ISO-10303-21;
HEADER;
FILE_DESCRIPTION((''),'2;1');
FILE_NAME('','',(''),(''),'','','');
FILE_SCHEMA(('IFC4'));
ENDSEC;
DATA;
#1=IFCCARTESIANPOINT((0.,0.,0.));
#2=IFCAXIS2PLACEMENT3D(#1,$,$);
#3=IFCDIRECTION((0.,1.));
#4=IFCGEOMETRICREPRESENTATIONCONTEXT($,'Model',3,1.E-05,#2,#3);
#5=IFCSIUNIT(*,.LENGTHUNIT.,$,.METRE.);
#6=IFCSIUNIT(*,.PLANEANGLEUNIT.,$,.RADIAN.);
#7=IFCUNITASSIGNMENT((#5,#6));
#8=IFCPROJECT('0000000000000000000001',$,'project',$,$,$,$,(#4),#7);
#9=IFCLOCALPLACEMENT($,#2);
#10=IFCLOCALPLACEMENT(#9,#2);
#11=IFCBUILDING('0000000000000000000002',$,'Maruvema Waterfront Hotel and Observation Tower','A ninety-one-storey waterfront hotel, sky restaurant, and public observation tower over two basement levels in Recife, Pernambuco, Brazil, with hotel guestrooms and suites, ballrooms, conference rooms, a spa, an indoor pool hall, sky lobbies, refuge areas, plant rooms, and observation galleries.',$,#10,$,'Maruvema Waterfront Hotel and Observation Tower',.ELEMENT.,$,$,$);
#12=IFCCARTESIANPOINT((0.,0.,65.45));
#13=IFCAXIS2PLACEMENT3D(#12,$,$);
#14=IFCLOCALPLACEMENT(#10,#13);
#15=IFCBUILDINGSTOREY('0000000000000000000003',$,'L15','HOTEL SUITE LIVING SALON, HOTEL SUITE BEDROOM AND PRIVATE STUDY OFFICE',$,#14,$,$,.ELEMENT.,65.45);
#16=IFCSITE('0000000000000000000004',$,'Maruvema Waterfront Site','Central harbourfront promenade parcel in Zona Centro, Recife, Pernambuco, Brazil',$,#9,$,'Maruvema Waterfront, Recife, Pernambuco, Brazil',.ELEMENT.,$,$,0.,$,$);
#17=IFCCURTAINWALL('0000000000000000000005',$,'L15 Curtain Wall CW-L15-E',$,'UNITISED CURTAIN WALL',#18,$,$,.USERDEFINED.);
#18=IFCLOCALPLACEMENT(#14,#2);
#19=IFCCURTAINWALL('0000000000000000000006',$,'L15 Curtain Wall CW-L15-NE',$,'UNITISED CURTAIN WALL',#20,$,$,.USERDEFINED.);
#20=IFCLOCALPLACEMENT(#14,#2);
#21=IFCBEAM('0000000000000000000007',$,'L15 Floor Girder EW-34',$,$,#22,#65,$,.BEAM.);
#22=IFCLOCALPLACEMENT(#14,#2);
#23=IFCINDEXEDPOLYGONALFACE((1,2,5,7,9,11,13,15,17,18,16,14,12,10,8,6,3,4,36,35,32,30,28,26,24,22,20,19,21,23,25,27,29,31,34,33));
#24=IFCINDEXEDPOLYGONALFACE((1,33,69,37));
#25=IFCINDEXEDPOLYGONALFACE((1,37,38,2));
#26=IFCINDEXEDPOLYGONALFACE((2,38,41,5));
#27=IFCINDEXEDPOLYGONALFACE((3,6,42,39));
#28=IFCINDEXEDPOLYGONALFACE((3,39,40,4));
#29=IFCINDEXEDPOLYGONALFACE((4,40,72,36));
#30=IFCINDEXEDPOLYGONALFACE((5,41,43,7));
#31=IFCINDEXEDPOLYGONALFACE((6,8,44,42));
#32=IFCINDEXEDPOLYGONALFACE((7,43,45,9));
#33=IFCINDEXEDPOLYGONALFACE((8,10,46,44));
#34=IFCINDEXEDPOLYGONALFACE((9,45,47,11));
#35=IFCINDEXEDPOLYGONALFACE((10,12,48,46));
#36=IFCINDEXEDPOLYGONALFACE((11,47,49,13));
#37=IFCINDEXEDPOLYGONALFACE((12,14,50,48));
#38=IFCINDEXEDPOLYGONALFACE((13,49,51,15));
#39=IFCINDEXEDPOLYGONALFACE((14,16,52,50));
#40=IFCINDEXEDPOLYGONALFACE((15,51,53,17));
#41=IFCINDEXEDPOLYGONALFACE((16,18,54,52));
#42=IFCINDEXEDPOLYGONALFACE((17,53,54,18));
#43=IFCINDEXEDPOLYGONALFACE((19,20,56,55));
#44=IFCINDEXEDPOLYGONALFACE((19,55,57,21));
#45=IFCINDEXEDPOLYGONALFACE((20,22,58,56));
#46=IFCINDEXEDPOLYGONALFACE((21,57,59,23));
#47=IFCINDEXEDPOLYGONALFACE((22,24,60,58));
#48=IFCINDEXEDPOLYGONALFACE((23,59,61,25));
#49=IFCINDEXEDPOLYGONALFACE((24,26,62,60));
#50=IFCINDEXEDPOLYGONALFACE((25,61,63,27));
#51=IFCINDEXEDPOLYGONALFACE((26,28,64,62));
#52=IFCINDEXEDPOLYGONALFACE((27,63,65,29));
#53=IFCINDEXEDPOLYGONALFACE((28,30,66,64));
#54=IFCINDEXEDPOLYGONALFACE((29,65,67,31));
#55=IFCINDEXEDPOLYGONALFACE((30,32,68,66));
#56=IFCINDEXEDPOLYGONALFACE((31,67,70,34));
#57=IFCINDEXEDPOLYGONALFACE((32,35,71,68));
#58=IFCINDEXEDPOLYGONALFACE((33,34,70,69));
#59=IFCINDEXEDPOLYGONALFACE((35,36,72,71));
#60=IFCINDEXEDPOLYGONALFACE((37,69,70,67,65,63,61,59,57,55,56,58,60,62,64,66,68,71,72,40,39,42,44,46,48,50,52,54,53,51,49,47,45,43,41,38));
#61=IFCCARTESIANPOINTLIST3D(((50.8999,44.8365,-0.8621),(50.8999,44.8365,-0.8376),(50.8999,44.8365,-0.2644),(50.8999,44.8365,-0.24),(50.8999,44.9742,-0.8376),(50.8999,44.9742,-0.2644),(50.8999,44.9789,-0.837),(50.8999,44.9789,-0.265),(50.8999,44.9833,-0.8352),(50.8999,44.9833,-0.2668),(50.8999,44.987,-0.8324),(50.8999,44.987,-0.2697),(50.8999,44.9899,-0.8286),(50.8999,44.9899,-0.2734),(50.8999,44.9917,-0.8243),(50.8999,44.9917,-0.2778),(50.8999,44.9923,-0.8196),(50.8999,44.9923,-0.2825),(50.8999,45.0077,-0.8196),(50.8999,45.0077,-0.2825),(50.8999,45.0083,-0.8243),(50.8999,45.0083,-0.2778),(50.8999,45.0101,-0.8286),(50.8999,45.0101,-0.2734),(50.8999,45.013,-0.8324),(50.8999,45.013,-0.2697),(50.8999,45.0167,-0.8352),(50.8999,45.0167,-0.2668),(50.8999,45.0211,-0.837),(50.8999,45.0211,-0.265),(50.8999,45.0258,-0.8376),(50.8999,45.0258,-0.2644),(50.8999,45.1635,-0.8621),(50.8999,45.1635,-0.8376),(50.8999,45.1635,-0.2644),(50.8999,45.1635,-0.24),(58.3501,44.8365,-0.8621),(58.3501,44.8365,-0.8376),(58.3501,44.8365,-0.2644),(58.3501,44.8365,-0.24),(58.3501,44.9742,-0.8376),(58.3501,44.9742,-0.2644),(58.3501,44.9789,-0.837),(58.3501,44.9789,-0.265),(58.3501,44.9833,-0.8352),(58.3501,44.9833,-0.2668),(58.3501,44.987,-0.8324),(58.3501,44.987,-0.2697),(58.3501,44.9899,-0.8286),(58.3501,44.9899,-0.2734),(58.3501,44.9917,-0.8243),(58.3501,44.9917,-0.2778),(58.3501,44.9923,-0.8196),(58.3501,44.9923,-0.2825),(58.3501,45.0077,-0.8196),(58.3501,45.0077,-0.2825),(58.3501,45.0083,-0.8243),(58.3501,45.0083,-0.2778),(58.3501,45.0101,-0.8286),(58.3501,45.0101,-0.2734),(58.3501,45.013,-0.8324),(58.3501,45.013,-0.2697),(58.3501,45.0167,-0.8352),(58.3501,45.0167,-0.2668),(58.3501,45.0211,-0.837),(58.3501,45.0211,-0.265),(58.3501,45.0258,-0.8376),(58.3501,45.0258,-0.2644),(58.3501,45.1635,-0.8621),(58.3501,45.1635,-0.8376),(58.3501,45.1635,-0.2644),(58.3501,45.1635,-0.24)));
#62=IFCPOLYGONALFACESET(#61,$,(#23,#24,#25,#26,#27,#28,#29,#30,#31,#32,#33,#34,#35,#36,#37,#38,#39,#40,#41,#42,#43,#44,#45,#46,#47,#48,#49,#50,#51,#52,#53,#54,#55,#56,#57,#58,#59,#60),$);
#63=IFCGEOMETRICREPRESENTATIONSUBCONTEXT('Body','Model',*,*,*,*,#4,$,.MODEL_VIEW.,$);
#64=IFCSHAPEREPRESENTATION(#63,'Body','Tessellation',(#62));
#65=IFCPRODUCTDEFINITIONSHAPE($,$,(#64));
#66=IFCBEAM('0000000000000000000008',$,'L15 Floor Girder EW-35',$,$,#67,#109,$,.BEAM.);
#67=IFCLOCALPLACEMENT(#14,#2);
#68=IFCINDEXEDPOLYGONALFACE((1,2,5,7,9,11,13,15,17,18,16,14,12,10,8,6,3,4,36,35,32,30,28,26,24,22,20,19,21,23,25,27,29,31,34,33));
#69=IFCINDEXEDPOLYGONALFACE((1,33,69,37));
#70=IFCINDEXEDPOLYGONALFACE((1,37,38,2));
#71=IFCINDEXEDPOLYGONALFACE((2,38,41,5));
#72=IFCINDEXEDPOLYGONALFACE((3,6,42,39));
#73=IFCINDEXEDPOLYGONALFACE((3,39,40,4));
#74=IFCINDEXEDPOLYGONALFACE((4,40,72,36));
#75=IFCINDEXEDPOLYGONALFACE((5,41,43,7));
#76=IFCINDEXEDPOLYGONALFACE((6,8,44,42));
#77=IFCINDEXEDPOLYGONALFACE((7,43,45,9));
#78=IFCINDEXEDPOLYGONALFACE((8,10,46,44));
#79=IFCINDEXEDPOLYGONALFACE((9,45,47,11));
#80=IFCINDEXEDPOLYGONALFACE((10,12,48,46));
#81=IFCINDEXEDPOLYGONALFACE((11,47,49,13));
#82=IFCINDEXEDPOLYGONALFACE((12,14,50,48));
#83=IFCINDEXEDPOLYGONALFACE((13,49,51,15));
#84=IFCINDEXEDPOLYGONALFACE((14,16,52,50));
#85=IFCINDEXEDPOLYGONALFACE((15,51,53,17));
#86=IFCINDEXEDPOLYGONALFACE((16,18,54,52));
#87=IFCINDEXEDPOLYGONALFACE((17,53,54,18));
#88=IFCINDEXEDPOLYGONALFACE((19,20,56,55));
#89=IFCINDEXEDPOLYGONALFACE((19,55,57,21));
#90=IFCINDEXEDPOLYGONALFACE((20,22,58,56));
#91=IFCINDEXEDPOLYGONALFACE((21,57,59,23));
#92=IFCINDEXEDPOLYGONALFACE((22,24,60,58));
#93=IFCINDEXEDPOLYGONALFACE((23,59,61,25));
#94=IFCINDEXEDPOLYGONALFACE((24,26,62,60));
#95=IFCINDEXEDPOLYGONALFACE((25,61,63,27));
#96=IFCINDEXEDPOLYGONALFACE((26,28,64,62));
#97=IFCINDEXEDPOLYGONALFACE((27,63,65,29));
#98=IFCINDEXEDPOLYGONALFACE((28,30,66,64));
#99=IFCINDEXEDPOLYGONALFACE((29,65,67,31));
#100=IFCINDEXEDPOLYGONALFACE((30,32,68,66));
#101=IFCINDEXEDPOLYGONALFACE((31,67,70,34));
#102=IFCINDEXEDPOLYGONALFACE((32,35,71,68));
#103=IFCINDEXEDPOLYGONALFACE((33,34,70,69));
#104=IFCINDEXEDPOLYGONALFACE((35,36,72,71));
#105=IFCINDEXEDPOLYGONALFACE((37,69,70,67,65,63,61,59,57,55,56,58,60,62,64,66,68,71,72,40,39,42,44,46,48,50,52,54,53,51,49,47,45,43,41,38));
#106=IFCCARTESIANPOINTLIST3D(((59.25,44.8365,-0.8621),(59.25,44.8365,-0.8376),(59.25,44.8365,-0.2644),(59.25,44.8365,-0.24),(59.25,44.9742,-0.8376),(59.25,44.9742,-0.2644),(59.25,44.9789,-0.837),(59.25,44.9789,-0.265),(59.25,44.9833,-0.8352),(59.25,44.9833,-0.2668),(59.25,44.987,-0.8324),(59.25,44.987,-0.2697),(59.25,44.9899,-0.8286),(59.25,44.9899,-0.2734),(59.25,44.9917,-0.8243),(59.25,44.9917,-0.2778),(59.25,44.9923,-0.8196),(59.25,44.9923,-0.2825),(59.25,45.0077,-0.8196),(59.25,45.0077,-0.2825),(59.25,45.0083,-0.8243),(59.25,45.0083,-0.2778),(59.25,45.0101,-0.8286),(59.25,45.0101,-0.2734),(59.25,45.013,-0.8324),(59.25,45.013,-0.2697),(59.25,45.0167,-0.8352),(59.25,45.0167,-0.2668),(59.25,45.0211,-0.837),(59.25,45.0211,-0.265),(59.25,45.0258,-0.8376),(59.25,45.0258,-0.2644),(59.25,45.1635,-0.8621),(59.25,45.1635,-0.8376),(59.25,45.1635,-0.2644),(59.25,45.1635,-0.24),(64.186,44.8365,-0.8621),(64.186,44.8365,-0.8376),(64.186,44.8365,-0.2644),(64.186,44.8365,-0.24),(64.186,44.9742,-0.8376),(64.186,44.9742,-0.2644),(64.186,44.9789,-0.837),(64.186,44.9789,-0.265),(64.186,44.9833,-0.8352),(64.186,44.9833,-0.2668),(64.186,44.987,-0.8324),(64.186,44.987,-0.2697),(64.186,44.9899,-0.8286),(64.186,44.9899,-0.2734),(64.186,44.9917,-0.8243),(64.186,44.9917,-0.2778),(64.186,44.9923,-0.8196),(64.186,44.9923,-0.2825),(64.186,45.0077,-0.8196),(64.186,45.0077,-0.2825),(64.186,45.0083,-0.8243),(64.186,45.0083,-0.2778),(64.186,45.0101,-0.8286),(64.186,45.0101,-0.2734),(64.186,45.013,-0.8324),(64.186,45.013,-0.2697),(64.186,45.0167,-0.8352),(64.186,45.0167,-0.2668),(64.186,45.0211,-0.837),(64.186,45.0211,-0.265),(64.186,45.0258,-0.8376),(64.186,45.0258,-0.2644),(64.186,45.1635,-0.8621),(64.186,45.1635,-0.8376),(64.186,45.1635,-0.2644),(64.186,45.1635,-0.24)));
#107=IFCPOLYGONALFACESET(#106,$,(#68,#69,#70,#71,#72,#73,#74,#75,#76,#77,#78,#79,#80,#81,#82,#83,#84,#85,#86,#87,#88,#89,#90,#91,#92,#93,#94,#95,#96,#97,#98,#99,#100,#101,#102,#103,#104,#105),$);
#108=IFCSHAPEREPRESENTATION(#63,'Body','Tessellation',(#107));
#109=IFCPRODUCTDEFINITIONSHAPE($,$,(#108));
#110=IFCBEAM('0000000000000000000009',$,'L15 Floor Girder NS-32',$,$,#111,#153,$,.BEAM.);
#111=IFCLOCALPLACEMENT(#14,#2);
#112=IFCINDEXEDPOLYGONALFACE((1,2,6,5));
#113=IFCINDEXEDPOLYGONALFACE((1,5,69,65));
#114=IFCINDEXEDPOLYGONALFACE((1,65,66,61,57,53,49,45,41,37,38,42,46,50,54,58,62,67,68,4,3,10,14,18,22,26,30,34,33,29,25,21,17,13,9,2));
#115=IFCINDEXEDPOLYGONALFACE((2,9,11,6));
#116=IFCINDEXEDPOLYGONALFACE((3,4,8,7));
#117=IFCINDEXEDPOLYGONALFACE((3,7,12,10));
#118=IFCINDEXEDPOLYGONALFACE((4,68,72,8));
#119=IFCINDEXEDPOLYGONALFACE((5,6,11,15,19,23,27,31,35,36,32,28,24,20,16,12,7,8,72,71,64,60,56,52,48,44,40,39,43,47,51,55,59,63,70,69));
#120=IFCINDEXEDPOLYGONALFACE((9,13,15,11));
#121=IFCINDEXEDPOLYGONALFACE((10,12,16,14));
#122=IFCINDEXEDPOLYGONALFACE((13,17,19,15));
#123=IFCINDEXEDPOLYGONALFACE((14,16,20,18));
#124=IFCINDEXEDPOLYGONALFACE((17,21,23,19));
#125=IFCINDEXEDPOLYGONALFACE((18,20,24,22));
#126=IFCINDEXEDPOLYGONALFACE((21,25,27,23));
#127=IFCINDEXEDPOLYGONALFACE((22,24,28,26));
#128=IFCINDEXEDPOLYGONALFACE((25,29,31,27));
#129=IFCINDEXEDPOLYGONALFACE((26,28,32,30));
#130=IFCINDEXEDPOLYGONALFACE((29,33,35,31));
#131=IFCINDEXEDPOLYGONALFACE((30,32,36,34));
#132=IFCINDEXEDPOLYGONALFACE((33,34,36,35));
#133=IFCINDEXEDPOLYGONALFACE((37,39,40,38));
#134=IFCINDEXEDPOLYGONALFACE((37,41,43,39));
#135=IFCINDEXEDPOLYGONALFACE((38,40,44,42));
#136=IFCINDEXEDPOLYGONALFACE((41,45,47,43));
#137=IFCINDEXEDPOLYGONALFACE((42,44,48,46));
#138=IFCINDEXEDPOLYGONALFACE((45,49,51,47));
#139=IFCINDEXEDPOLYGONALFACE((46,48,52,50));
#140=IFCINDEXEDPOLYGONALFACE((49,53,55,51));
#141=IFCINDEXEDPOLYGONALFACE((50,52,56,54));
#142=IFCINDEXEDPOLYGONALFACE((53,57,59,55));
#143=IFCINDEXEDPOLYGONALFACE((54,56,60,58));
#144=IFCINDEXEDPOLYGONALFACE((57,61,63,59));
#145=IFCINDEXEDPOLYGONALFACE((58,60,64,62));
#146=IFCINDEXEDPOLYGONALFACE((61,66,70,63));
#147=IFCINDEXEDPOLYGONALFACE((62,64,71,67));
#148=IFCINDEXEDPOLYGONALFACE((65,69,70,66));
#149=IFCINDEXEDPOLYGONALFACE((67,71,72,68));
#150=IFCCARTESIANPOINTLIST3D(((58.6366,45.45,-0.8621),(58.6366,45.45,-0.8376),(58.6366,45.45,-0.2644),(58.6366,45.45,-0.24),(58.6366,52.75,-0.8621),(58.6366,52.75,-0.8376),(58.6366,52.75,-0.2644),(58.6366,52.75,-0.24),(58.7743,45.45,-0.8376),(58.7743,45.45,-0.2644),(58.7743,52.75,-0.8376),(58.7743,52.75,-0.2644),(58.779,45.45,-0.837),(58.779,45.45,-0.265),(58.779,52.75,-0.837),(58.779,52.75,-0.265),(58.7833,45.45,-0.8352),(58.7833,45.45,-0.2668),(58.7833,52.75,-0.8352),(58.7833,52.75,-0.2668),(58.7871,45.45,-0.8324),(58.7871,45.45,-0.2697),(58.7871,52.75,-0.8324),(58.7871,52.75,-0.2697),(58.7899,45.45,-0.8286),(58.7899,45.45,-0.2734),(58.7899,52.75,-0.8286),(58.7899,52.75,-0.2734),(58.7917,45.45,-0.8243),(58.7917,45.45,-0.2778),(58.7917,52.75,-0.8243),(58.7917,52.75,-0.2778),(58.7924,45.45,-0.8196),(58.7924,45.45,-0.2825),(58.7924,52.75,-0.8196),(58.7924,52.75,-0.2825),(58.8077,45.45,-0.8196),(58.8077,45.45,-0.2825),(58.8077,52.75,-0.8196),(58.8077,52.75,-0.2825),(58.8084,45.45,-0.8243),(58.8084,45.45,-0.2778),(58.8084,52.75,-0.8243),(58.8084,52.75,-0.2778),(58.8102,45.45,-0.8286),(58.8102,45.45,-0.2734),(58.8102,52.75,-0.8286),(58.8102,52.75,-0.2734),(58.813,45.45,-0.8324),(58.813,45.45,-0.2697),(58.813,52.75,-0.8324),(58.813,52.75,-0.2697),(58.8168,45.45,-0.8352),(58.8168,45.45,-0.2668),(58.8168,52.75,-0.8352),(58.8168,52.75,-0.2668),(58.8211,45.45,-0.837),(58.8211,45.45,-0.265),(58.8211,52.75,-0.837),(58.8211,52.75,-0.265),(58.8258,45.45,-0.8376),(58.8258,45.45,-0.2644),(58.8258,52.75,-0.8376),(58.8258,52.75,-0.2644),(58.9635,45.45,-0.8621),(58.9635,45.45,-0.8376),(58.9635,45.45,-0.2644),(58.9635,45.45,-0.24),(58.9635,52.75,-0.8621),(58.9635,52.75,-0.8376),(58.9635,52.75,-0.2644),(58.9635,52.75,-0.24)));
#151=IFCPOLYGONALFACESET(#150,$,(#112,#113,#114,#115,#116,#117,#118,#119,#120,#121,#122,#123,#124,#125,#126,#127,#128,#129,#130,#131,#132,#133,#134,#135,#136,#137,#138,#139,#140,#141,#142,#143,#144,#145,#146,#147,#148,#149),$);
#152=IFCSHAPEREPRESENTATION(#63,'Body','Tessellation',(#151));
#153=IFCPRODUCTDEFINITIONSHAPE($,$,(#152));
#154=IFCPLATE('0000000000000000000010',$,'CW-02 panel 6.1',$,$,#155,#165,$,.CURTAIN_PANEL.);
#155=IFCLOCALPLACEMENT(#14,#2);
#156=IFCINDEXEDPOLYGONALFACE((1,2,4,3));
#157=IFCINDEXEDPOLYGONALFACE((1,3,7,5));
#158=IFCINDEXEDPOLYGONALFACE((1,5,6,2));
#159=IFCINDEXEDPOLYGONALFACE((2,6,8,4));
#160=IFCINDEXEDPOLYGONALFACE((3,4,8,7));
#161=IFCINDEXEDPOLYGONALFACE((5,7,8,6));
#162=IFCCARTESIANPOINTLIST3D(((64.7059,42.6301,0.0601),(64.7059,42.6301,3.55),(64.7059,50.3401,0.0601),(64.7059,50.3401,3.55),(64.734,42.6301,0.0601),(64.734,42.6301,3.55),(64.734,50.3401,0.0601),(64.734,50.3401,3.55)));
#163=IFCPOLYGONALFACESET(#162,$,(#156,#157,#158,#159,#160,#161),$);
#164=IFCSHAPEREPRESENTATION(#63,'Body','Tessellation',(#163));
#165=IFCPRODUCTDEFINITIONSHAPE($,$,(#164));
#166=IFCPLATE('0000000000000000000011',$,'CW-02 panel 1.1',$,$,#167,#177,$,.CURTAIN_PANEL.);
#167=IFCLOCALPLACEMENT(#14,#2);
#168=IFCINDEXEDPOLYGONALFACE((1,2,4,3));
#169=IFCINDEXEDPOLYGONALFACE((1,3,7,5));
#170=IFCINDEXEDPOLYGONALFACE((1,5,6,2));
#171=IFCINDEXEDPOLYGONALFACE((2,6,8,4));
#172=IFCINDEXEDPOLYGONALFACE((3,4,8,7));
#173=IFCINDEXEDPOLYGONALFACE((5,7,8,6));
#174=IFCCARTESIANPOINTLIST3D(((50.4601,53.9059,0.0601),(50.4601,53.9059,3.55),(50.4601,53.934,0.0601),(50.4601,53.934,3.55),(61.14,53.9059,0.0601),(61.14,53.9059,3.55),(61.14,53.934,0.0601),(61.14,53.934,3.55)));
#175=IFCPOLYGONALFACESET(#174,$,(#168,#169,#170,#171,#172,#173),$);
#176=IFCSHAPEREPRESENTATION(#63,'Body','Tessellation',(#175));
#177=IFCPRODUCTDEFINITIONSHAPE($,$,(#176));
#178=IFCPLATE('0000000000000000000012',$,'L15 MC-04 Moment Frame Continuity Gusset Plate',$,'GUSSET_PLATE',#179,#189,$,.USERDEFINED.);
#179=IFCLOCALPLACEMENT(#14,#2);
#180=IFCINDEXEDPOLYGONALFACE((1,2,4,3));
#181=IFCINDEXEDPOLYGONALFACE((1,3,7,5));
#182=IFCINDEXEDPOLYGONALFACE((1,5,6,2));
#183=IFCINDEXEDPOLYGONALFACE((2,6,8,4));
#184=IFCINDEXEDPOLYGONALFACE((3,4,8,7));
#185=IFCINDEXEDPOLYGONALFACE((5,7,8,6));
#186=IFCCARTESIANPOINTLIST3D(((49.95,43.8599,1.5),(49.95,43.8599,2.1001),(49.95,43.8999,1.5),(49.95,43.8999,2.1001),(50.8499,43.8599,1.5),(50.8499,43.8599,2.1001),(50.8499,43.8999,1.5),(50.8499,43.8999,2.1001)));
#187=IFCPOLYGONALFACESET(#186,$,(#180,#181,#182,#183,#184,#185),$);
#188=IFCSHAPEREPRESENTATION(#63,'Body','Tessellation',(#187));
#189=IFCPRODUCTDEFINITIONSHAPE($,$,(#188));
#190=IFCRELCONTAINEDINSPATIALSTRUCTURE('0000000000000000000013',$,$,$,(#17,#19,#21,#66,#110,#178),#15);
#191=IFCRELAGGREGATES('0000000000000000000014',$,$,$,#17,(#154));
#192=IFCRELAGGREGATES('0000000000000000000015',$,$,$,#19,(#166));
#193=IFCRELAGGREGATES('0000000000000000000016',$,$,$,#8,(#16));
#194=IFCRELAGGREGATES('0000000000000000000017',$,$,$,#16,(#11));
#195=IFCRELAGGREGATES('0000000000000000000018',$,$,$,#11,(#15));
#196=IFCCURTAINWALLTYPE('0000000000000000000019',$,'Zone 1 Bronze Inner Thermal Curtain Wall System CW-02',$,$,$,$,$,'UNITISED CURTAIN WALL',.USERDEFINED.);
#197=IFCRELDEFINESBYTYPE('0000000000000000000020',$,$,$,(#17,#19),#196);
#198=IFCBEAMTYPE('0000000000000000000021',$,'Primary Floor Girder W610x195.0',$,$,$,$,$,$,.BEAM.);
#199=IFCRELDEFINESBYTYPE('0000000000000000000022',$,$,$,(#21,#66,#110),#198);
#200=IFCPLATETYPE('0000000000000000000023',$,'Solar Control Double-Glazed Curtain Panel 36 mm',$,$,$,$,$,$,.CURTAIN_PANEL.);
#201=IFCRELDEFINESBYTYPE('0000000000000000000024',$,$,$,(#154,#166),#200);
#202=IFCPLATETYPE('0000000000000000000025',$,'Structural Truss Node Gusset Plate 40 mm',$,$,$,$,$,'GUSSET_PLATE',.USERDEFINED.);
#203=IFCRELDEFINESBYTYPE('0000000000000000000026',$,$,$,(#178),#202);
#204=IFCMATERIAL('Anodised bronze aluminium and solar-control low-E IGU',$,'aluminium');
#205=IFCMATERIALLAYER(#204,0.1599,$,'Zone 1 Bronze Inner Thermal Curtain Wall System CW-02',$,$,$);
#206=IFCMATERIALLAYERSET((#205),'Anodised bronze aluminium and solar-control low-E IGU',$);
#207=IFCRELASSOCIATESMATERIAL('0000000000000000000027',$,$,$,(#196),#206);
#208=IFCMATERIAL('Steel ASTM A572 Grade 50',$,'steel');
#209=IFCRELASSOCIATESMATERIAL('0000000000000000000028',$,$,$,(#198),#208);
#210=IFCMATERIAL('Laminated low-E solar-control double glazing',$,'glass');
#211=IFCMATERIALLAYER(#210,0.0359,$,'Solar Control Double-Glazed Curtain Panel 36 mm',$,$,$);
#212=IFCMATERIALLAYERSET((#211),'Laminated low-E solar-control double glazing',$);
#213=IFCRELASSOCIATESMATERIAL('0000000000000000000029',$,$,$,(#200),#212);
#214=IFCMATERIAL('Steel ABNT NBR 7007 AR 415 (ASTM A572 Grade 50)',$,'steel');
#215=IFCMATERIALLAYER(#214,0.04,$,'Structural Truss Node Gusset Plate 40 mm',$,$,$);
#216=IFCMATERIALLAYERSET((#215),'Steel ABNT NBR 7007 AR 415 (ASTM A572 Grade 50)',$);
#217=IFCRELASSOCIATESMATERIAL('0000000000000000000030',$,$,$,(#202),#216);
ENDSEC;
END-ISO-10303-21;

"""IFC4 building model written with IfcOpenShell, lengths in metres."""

from ifc_helpers import new_model, si_unit, direction, frame, origin, origin_2d, place, context, subcontext, project, spatial, rectangle, i_section, extrude, material, layer, layer_set, material_profile, profile_set, type_object, element, aggregate, save


model = new_model("IFC4")

# Units and contexts
model_context = context("Model", 3, precision=1e-05, world=origin(), true_north=direction((0.0, 1.0)))
body_context = subcontext(model_context, "Body", "Model", "MODEL_VIEW")
ifc_project = project(units=[si_unit("LENGTHUNIT", "METRE"), si_unit("PLANEANGLEUNIT", "RADIAN")], contexts=[model_context])

# Site, building, storey
site_placement = place(None, origin())
site = spatial("IfcSite", under=ifc_project, at=site_placement, Name="Maruvema Waterfront Site", Description="Central harbourfront promenade parcel in Zona Centro, Recife, Pernambuco, Brazil", LongName="Maruvema Waterfront, Recife, Pernambuco, Brazil", CompositionType="ELEMENT", RefElevation=0.0)
building_placement = place(site_placement, origin())
building = spatial("IfcBuilding", under=site, at=building_placement, Name="Maruvema Waterfront Hotel and Observation Tower", Description="A ninety-one-storey waterfront hotel, sky restaurant, and public observation tower over two basement levels in Recife, Pernambuco, Brazil, with hotel guestrooms and suites, ballrooms, conference rooms, a spa, an indoor pool hall, sky lobbies, refuge areas, plant rooms, and observation galleries.", LongName="Maruvema Waterfront Hotel and Observation Tower", CompositionType="ELEMENT")
storey_placement = place(building_placement, frame((0.0, 0.0, 65.45)))
storey = spatial("IfcBuildingStorey", under=building, at=storey_placement, Name="L15", Description="HOTEL SUITE LIVING SALON, HOTEL SUITE BEDROOM AND PRIVATE STUDY OFFICE", CompositionType="ELEMENT", Elevation=65.45)

# Curtain wall
ifc_material_1 = material(Name="Anodised bronze aluminium and solar-control low-E IGU", Category="aluminium")
ifc_layer_1 = layer(ifc_material_1, 0.1599, Name="Zone 1 Bronze Inner Thermal Curtain Wall System CW-02")
ifc_layer_set_1 = layer_set([ifc_layer_1], Name="Anodised bronze aluminium and solar-control low-E IGU")
curtain_wall_type = type_object("IfcCurtainWallType", Name="Zone 1 Bronze Inner Thermal Curtain Wall System CW-02", ElementType="UNITISED CURTAIN WALL", PredefinedType="USERDEFINED", material=ifc_layer_set_1)
curtain_wall_1_placement = place(storey_placement, origin())
curtain_wall_1 = element("IfcCurtainWall", 1, at=curtain_wall_1_placement, inside=storey, type_object=curtain_wall_type, Name="L15 Curtain Wall CW-L15-E", ObjectType="UNITISED CURTAIN WALL", PredefinedType="USERDEFINED")

# Curtain wall
curtain_wall_2_placement = place(storey_placement, origin())
curtain_wall_2 = element("IfcCurtainWall", 2, at=curtain_wall_2_placement, inside=storey, type_object=curtain_wall_type, Name="L15 Curtain Wall CW-L15-NE", ObjectType="UNITISED CURTAIN WALL", PredefinedType="USERDEFINED")

# Beams
ifc_material_2 = material(Name="Steel ASTM A572 Grade 50", Category="steel")
ifc_material_profile_1 = material_profile(ifc_material_2, i_section(OverallWidth=0.3269, OverallDepth=0.6221, WebThickness=0.0154, FlangeThickness=0.0244, FilletRadius=0.0181, at=origin_2d()), Name="W610x195.0")
ifc_profile_set_1 = profile_set([ifc_material_profile_1], Name="Steel ASTM A572 Grade 50")
beam_type = type_object("IfcBeamType", Name="Primary Floor Girder W610x195.0", PredefinedType="BEAM", material=ifc_profile_set_1)
beam_1_placement = place(storey_placement, frame((50.8999, 45.0, -0.551), z_axis=(1.0, 0.0, 0.0), x_axis=(0.0, 1.0, 0.0)))
element("IfcBeam", 3, at=beam_1_placement, inside=storey, type_object=beam_type, Name="L15 Floor Girder EW-34", PredefinedType="BEAM", context=body_context, shape_type="SweptSolid", body=[
    extrude(i_section(OverallWidth=0.3269, OverallDepth=0.6221, WebThickness=0.0154, FlangeThickness=0.0244, FilletRadius=0.0181, at=origin_2d()), origin(), (0.0, 0.0, 1.0), 7.4502),
])
beam_2_placement = place(storey_placement, frame((59.25, 45.0, -0.551), z_axis=(1.0, 0.0, 0.0), x_axis=(0.0, 1.0, 0.0)))
element("IfcBeam", 4, at=beam_2_placement, inside=storey, type_object=beam_type, Name="L15 Floor Girder EW-35", PredefinedType="BEAM", context=body_context, shape_type="SweptSolid", body=[
    extrude(i_section(OverallWidth=0.3269, OverallDepth=0.6221, WebThickness=0.0154, FlangeThickness=0.0244, FilletRadius=0.0181, at=origin_2d()), origin(), (0.0, 0.0, 1.0), 4.936),
])
beam_3_placement = place(storey_placement, frame((58.8, 45.45, -0.551), z_axis=(0.0, 1.0, 0.0), x_axis=(-1.0, 0.0, 0.0)))
element("IfcBeam", 5, at=beam_3_placement, inside=storey, type_object=beam_type, Name="L15 Floor Girder NS-32", PredefinedType="BEAM", context=body_context, shape_type="SweptSolid", body=[
    extrude(i_section(OverallWidth=0.3269, OverallDepth=0.6221, WebThickness=0.0154, FlangeThickness=0.0244, FilletRadius=0.0181, at=origin_2d()), origin(), (0.0, 0.0, 1.0), 7.3),
])

# Plates
ifc_material_3 = material(Name="Laminated low-E solar-control double glazing", Category="glass")
ifc_layer_2 = layer(ifc_material_3, 0.0359, Name="Solar Control Double-Glazed Curtain Panel 36 mm")
ifc_layer_set_2 = layer_set([ifc_layer_2], Name="Laminated low-E solar-control double glazing")
plate_type_1 = type_object("IfcPlateType", Name="Solar Control Double-Glazed Curtain Panel 36 mm", PredefinedType="CURTAIN_PANEL", material=ifc_layer_set_2)
plate_1_placement = place(storey_placement, frame((64.72, 46.4851, 0.0601), z_axis=(0.0, 0.0, 1.0), x_axis=(0.0, 1.0, 0.0)))
plate_1 = element("IfcPlate", 6, at=plate_1_placement, type_object=plate_type_1, Name="CW-02 panel 6.1", PredefinedType="CURTAIN_PANEL", context=body_context, shape_type="SweptSolid", body=[
    extrude(rectangle(XDim=7.71, YDim=0.0281, at=origin_2d()), origin(), (0.0, 0.0, 1.0), 3.49),
])
aggregate(curtain_wall_1, [plate_1])
plate_2_placement = place(storey_placement, frame((55.8, 53.9199, 0.0601), z_axis=(0.0, 0.0, 1.0), x_axis=(-1.0, 0.0, 0.0)))
plate_2 = element("IfcPlate", 7, at=plate_2_placement, type_object=plate_type_1, Name="CW-02 panel 1.1", PredefinedType="CURTAIN_PANEL", context=body_context, shape_type="SweptSolid", body=[
    extrude(rectangle(XDim=10.6799, YDim=0.0281, at=origin_2d()), origin(), (0.0, 0.0, 1.0), 3.49),
])
aggregate(curtain_wall_2, [plate_2])
ifc_material_4 = material(Name="Steel ABNT NBR 7007 AR 415 (ASTM A572 Grade 50)", Category="steel")
ifc_layer_3 = layer(ifc_material_4, 0.04, Name="Structural Truss Node Gusset Plate 40 mm")
ifc_layer_set_3 = layer_set([ifc_layer_3], Name="Steel ABNT NBR 7007 AR 415 (ASTM A572 Grade 50)")
plate_type_2 = type_object("IfcPlateType", Name="Structural Truss Node Gusset Plate 40 mm", ElementType="GUSSET_PLATE", PredefinedType="USERDEFINED", material=ifc_layer_set_3)
plate_3_placement = place(storey_placement, frame((50.3999, 43.8799, 1.5), z_axis=(0.0, 0.0, 1.0), x_axis=(1.0, 0.0, 0.0)))
element("IfcPlate", 8, at=plate_3_placement, inside=storey, type_object=plate_type_2, Name="L15 MC-04 Moment Frame Continuity Gusset Plate", ObjectType="GUSSET_PLATE", PredefinedType="USERDEFINED", context=body_context, shape_type="SweptSolid", body=[
    extrude(rectangle(XDim=0.8999, YDim=0.04, at=origin_2d()), origin(), (0.0, 0.0, 1.0), 0.6001),
])

save(model, "model.ifc")
